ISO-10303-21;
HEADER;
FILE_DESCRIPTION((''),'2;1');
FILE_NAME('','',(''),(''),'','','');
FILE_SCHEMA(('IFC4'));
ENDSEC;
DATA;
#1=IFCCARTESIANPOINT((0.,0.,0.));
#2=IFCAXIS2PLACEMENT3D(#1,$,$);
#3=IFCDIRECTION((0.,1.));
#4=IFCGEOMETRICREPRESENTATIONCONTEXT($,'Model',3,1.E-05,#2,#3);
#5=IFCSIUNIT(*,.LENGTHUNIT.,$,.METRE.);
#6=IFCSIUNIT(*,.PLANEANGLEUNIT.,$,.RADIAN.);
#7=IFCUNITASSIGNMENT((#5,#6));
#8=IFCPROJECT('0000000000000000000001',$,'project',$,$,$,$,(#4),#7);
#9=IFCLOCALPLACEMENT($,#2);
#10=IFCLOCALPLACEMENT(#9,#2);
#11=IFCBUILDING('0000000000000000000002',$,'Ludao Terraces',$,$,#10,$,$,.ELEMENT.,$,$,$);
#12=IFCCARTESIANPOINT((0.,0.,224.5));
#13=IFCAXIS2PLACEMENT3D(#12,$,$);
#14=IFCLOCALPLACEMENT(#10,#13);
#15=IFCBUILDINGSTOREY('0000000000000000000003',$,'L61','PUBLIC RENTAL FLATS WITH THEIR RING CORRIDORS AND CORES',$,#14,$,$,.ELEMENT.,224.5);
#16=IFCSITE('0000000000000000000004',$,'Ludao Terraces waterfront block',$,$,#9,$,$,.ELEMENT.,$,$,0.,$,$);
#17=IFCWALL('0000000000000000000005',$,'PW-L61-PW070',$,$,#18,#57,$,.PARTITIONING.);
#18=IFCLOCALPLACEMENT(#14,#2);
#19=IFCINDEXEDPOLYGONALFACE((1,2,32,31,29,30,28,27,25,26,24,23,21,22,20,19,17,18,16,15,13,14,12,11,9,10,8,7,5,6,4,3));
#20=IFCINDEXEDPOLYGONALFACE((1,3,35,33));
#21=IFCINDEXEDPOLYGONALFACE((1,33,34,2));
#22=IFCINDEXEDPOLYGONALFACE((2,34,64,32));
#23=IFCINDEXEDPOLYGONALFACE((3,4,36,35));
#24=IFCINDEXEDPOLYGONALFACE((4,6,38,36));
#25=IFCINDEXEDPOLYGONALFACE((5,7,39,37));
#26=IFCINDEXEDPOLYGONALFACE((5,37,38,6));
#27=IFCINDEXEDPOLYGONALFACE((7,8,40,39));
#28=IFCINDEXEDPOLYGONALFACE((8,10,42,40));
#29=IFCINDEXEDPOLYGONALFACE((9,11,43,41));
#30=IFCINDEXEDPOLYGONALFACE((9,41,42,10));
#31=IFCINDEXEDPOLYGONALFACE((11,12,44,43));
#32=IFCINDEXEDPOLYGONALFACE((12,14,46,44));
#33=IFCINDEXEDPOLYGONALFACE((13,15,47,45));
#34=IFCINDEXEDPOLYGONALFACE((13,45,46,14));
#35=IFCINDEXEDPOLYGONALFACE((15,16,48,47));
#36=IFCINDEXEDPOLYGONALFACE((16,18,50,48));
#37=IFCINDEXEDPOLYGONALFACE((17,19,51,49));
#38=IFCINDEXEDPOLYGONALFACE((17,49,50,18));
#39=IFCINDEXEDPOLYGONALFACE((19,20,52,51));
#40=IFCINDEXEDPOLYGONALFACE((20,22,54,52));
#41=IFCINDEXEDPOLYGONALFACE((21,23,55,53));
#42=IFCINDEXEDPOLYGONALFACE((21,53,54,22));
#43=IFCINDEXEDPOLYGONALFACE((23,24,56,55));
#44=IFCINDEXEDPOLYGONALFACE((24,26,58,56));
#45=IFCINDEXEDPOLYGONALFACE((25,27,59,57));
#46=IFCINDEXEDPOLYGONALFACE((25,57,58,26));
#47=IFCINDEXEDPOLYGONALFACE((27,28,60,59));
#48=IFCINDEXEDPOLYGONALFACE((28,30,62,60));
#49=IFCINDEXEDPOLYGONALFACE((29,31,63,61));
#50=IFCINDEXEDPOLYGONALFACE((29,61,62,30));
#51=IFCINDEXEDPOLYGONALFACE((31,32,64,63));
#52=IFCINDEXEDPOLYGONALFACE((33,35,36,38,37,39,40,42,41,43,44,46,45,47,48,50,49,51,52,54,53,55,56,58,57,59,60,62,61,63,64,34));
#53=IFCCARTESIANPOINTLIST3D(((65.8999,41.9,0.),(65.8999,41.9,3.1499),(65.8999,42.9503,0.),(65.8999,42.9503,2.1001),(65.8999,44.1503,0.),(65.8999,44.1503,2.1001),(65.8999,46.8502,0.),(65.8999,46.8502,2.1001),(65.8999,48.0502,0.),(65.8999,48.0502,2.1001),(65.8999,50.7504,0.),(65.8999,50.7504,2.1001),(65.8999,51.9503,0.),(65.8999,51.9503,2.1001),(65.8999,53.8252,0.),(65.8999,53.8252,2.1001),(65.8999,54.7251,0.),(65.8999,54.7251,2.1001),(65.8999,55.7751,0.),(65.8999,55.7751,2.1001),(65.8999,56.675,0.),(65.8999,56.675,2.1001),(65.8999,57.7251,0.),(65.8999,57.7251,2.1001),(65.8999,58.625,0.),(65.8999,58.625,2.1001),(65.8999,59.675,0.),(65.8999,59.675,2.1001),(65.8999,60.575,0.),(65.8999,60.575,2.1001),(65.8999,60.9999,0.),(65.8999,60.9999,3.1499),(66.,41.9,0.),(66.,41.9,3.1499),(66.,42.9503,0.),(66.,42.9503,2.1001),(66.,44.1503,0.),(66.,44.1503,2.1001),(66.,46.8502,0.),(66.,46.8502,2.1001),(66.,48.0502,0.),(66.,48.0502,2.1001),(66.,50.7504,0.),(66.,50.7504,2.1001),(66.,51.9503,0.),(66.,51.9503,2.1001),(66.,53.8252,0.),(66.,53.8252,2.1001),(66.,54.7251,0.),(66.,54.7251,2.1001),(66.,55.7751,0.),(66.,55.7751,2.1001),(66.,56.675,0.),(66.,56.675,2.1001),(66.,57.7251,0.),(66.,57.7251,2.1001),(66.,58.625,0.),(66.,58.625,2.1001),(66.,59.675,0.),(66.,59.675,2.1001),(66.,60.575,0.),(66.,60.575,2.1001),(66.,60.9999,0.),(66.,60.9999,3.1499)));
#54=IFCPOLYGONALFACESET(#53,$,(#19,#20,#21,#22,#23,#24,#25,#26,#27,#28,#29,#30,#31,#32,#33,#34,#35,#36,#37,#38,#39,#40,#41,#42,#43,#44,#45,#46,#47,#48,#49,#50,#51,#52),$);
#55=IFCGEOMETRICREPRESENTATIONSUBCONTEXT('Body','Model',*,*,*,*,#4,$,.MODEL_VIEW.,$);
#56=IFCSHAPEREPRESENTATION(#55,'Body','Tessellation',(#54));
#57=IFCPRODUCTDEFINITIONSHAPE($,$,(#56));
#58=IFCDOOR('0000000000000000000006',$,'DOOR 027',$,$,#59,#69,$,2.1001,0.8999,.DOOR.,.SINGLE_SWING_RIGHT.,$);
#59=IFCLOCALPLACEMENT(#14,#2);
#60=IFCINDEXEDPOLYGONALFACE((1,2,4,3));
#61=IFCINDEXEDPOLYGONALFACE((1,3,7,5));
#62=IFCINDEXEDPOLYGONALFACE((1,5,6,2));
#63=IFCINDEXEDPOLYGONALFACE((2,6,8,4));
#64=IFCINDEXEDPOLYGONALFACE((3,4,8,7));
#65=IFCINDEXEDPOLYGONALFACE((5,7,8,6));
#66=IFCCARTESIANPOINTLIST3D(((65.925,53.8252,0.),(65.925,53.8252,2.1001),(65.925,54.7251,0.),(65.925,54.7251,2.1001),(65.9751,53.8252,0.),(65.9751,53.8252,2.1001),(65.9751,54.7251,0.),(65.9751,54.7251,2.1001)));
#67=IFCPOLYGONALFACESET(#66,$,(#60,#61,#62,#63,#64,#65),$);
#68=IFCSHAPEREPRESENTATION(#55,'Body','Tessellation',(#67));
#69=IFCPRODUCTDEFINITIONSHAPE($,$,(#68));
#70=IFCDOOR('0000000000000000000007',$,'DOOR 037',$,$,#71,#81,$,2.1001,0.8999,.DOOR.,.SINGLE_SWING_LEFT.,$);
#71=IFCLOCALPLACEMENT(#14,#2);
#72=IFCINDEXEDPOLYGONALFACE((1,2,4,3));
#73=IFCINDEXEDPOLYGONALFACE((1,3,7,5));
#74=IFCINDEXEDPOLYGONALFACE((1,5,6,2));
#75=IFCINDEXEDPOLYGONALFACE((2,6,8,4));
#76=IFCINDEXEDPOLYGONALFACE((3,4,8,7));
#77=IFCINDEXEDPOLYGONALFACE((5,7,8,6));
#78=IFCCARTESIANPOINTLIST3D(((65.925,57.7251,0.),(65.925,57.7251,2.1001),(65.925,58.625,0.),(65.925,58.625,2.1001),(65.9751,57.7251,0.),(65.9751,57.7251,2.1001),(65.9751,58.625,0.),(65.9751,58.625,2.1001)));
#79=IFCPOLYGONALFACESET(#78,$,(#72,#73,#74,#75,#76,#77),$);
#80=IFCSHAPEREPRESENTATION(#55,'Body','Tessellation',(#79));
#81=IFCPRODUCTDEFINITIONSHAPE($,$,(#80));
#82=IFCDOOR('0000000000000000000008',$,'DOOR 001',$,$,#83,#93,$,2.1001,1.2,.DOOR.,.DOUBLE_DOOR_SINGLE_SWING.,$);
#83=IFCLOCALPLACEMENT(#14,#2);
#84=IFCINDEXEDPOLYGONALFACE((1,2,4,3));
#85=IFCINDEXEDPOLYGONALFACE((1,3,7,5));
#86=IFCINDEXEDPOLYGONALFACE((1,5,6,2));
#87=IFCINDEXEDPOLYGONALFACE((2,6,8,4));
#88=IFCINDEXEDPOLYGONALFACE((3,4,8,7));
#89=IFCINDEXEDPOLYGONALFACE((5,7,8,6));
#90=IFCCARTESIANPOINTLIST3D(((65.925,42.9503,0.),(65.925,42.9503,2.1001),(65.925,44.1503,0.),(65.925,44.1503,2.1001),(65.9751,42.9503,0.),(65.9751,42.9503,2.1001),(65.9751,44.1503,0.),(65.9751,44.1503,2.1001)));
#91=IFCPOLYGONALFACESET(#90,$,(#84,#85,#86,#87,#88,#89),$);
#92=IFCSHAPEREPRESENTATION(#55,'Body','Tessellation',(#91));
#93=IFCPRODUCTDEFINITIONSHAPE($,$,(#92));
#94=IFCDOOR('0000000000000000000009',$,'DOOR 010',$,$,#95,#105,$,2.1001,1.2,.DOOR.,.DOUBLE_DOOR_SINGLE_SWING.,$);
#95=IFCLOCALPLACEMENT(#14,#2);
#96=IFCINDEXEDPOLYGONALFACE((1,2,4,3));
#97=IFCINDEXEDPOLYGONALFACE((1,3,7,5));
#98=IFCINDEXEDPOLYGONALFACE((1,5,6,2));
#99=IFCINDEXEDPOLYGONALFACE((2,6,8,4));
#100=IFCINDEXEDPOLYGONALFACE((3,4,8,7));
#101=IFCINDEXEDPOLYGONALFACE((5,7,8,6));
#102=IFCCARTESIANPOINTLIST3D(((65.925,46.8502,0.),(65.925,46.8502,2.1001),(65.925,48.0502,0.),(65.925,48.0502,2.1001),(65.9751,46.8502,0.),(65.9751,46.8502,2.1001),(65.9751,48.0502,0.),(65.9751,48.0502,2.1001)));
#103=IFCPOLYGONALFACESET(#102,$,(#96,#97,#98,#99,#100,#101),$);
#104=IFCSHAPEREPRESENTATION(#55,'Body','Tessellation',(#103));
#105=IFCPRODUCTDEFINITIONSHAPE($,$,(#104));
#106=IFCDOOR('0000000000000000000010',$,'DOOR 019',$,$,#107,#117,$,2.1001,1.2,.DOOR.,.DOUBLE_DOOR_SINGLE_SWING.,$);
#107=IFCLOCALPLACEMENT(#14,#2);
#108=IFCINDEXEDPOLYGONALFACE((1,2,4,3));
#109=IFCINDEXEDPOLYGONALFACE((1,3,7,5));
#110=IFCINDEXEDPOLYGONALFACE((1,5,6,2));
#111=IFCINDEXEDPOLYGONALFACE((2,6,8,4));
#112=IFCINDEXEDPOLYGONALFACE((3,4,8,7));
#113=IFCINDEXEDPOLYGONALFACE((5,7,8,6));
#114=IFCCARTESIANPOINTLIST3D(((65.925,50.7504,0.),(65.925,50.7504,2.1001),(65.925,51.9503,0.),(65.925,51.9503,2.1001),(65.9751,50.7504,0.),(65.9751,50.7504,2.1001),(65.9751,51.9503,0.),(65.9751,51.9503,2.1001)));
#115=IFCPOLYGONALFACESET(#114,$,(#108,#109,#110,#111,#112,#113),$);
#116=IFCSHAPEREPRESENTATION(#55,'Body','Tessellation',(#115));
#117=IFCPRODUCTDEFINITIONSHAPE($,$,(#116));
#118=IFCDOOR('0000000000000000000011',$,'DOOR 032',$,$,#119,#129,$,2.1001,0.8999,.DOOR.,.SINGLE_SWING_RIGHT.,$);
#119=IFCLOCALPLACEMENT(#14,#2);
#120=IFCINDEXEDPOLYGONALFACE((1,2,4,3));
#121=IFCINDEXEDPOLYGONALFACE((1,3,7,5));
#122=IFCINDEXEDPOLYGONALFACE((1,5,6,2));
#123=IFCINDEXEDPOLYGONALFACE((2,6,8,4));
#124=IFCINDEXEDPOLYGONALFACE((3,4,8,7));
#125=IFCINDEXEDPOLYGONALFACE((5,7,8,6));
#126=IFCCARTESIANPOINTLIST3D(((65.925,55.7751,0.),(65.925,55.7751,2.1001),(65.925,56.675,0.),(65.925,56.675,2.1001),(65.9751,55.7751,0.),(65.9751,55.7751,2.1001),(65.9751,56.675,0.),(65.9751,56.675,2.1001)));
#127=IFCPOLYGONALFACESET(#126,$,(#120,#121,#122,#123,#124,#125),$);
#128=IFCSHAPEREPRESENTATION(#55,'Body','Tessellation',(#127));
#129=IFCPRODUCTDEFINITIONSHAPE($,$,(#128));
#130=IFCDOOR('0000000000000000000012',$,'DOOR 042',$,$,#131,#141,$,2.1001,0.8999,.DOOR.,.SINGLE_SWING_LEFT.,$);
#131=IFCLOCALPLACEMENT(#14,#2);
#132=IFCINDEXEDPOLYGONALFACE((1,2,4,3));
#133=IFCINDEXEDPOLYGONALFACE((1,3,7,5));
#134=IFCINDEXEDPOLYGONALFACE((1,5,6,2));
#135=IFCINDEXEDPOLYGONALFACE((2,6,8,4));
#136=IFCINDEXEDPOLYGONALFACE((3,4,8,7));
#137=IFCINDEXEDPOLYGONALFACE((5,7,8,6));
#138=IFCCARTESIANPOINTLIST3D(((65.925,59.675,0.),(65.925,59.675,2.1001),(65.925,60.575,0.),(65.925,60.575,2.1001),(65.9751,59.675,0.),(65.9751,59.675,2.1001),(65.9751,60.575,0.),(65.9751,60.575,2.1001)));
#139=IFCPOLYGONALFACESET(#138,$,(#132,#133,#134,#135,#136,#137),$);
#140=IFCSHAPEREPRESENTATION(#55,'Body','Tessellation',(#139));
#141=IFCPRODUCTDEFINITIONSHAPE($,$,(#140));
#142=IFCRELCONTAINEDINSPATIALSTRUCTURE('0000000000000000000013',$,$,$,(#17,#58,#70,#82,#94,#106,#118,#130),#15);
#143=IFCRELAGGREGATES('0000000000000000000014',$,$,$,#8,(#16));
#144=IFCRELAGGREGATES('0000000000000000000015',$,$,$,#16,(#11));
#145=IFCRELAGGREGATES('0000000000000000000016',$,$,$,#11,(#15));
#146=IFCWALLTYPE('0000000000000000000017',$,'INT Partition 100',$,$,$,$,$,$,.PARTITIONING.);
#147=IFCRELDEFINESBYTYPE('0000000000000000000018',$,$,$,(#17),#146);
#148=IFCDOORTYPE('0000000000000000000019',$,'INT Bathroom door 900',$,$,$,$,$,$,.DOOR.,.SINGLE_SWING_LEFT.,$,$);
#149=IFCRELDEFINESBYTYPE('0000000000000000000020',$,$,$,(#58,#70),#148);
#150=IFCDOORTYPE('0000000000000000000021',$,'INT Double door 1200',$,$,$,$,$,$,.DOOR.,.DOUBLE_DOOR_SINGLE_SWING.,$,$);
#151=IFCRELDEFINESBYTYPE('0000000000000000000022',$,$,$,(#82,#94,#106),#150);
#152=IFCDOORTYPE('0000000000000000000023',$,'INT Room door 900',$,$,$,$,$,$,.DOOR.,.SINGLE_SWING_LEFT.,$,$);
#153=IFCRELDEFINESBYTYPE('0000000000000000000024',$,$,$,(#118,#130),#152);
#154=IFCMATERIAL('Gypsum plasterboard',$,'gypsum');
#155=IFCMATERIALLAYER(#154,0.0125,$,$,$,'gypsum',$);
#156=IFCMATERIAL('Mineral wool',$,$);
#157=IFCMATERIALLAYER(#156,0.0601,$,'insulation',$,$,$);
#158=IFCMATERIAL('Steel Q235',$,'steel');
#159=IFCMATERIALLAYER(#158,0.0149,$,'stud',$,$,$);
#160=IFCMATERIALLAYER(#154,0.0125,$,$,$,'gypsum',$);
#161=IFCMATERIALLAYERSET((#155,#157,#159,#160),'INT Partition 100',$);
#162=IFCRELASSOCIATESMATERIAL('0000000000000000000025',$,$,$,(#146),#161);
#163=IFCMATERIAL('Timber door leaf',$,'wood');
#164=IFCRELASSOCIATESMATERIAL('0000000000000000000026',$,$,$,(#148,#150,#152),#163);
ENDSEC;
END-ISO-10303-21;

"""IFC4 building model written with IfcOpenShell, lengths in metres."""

from ifc_helpers import new_model, si_unit, direction, frame, frame_2d, origin, place, context, subcontext, project, spatial, rectangle, extrude, material, layer, layer_set, type_object, element, fill, save


model = new_model("IFC4")

# Units and contexts
model_context = context("Model", 3, precision=1e-05, world=origin(), true_north=direction((0.0, 1.0)))
body_context = subcontext(model_context, "Body", "Model", "MODEL_VIEW")
ifc_project = project(units=[si_unit("LENGTHUNIT", "METRE"), si_unit("PLANEANGLEUNIT", "RADIAN")], contexts=[model_context])

# Site, building, storey
site_placement = place(None, origin())
site = spatial("IfcSite", under=ifc_project, at=site_placement, Name="Ludao Terraces waterfront block", CompositionType="ELEMENT", RefElevation=0.0)
building_placement = place(site_placement, origin())
building = spatial("IfcBuilding", under=site, at=building_placement, Name="Ludao Terraces", CompositionType="ELEMENT")
storey_placement = place(building_placement, frame((0.0, 0.0, 224.5)))
storey = spatial("IfcBuildingStorey", under=building, at=storey_placement, Name="L61", Description="PUBLIC RENTAL FLATS WITH THEIR RING CORRIDORS AND CORES", CompositionType="ELEMENT", Elevation=224.5)

# Wall, openings, doors
ifc_material_1 = material(Name="Gypsum plasterboard", Category="gypsum")
ifc_layer_1 = layer(ifc_material_1, 0.0125, Category="gypsum")
ifc_material_2 = material(Name="Mineral wool")
ifc_layer_2 = layer(ifc_material_2, 0.0601, Name="insulation")
ifc_material_3 = material(Name="Steel Q235", Category="steel")
ifc_layer_3 = layer(ifc_material_3, 0.0149, Name="stud")
ifc_layer_4 = layer(ifc_material_1, 0.0125, Category="gypsum")
ifc_layer_set = layer_set([ifc_layer_1, ifc_layer_2, ifc_layer_3, ifc_layer_4], Name="INT Partition 100")
wall_type = type_object("IfcWallType", Name="INT Partition 100", PredefinedType="PARTITIONING", material=ifc_layer_set)
wall_1_placement = place(storey_placement, frame((65.95, 41.9001, 0.0), z_axis=(0.0, 0.0, 1.0), x_axis=(0.0, 1.0, 0.0)))
wall_1 = element("IfcWall", 1, at=wall_1_placement, inside=storey, type_object=wall_type, Name="PW-L61-PW070", PredefinedType="PARTITIONING", context=body_context, shape_type="SweptSolid", body=[
    extrude(rectangle(XDim=19.0999, YDim=0.1001, at=frame_2d((9.5498, 0.0))), origin(), (0.0, 0.0, 1.0), 3.1499),
])
opening_1_placement = place(wall_1_placement, frame((1.05, 0.0, 0.0)))
opening_1 = element("IfcOpeningElement", 2, at=opening_1_placement, cuts=wall_1, PredefinedType="OPENING", context=body_context, shape_type="SweptSolid", body=[
    extrude(rectangle(XDim=1.2, YDim=2.1001, at=frame_2d((0.6001, 1.05))), frame((0.0, 0.0601, 0.0), z_axis=(0.0, -1.0, 0.0), x_axis=(1.0, 0.0, 0.0)), (0.0, 0.0, 1.0), 0.1201),
])
opening_2_placement = place(wall_1_placement, frame((4.95, 0.0, 0.0)))
opening_2 = element("IfcOpeningElement", 3, at=opening_2_placement, cuts=wall_1, PredefinedType="OPENING", context=body_context, shape_type="SweptSolid", body=[
    extrude(rectangle(XDim=1.2, YDim=2.1001, at=frame_2d((0.6001, 1.05))), frame((0.0, 0.0601, 0.0), z_axis=(0.0, -1.0, 0.0), x_axis=(1.0, 0.0, 0.0)), (0.0, 0.0, 1.0), 0.1201),
])
opening_3_placement = place(wall_1_placement, frame((8.8501, 0.0, 0.0)))
opening_3 = element("IfcOpeningElement", 4, at=opening_3_placement, cuts=wall_1, PredefinedType="OPENING", context=body_context, shape_type="SweptSolid", body=[
    extrude(rectangle(XDim=1.2, YDim=2.1001, at=frame_2d((0.6001, 1.05))), frame((0.0, 0.0601, 0.0), z_axis=(0.0, -1.0, 0.0), x_axis=(1.0, 0.0, 0.0)), (0.0, 0.0, 1.0), 0.1201),
])
opening_4_placement = place(wall_1_placement, frame((11.925, 0.0, 0.0)))
opening_4 = element("IfcOpeningElement", 5, at=opening_4_placement, cuts=wall_1, PredefinedType="OPENING", context=body_context, shape_type="SweptSolid", body=[
    extrude(rectangle(XDim=0.8999, YDim=2.1001, at=frame_2d((0.45, 1.05))), frame((0.0, 0.0601, 0.0), z_axis=(0.0, -1.0, 0.0), x_axis=(1.0, 0.0, 0.0)), (0.0, 0.0, 1.0), 0.1201),
])
opening_5_placement = place(wall_1_placement, frame((13.875, 0.0, 0.0)))
opening_5 = element("IfcOpeningElement", 6, at=opening_5_placement, cuts=wall_1, PredefinedType="OPENING", context=body_context, shape_type="SweptSolid", body=[
    extrude(rectangle(XDim=0.8999, YDim=2.1001, at=frame_2d((0.45, 1.05))), frame((0.0, 0.0601, 0.0), z_axis=(0.0, -1.0, 0.0), x_axis=(1.0, 0.0, 0.0)), (0.0, 0.0, 1.0), 0.1201),
])
opening_6_placement = place(wall_1_placement, frame((15.825, 0.0, 0.0)))
opening_6 = element("IfcOpeningElement", 7, at=opening_6_placement, cuts=wall_1, PredefinedType="OPENING", context=body_context, shape_type="SweptSolid", body=[
    extrude(rectangle(XDim=0.8999, YDim=2.1001, at=frame_2d((0.45, 1.05))), frame((0.0, 0.0601, 0.0), z_axis=(0.0, -1.0, 0.0), x_axis=(1.0, 0.0, 0.0)), (0.0, 0.0, 1.0), 0.1201),
])
opening_7_placement = place(wall_1_placement, frame((17.7749, 0.0, 0.0)))
opening_7 = element("IfcOpeningElement", 8, at=opening_7_placement, cuts=wall_1, PredefinedType="OPENING", context=body_context, shape_type="SweptSolid", body=[
    extrude(rectangle(XDim=0.8999, YDim=2.1001, at=frame_2d((0.45, 1.05))), frame((0.0, 0.0601, 0.0), z_axis=(0.0, -1.0, 0.0), x_axis=(1.0, 0.0, 0.0)), (0.0, 0.0, 1.0), 0.1201),
])
ifc_material_4 = material(Name="Timber door leaf", Category="wood")
door_type_1 = type_object("IfcDoorType", Name="INT Bathroom door 900", OperationType="SINGLE_SWING_LEFT", PredefinedType="DOOR", material=ifc_material_4)
door_1_placement = place(opening_4_placement, origin())
door_1 = element("IfcDoor", 9, at=door_1_placement, inside=storey, type_object=door_type_1, Name="DOOR 027", OperationType="SINGLE_SWING_RIGHT", OverallHeight=2.1001, OverallWidth=0.8999, PredefinedType="DOOR", context=body_context, shape_type="SweptSolid", body=[
    extrude(rectangle(XDim=0.8999, YDim=2.1001, at=frame_2d((0.45, 1.05))), frame((0.0, 0.0249, 0.0), z_axis=(0.0, -1.0, 0.0), x_axis=(1.0, 0.0, 0.0)), (0.0, 0.0, 1.0), 0.05),
])
fill(opening_4, door_1)
door_2_placement = place(opening_6_placement, origin())
door_2 = element("IfcDoor", 10, at=door_2_placement, inside=storey, type_object=door_type_1, Name="DOOR 037", OperationType="SINGLE_SWING_LEFT", OverallHeight=2.1001, OverallWidth=0.8999, PredefinedType="DOOR", context=body_context, shape_type="SweptSolid", body=[
    extrude(rectangle(XDim=0.8999, YDim=2.1001, at=frame_2d((0.45, 1.05))), frame((0.0, 0.0249, 0.0), z_axis=(0.0, -1.0, 0.0), x_axis=(1.0, 0.0, 0.0)), (0.0, 0.0, 1.0), 0.05),
])
fill(opening_6, door_2)
door_type_2 = type_object("IfcDoorType", Name="INT Double door 1200", OperationType="DOUBLE_DOOR_SINGLE_SWING", PredefinedType="DOOR", material=ifc_material_4)
door_3_placement = place(opening_1_placement, origin())
door_3 = element("IfcDoor", 11, at=door_3_placement, inside=storey, type_object=door_type_2, Name="DOOR 001", OperationType="DOUBLE_DOOR_SINGLE_SWING", OverallHeight=2.1001, OverallWidth=1.2, PredefinedType="DOOR", context=body_context, shape_type="SweptSolid", body=[
    extrude(rectangle(XDim=1.2, YDim=2.1001, at=frame_2d((0.6001, 1.05))), frame((0.0, 0.0249, 0.0), z_axis=(0.0, -1.0, 0.0), x_axis=(1.0, 0.0, 0.0)), (0.0, 0.0, 1.0), 0.05),
])
fill(opening_1, door_3)
door_4_placement = place(opening_2_placement, origin())
door_4 = element("IfcDoor", 12, at=door_4_placement, inside=storey, type_object=door_type_2, Name="DOOR 010", OperationType="DOUBLE_DOOR_SINGLE_SWING", OverallHeight=2.1001, OverallWidth=1.2, PredefinedType="DOOR", context=body_context, shape_type="SweptSolid", body=[
    extrude(rectangle(XDim=1.2, YDim=2.1001, at=frame_2d((0.6001, 1.05))), frame((0.0, 0.0249, 0.0), z_axis=(0.0, -1.0, 0.0), x_axis=(1.0, 0.0, 0.0)), (0.0, 0.0, 1.0), 0.05),
])
fill(opening_2, door_4)
door_5_placement = place(opening_3_placement, origin())
door_5 = element("IfcDoor", 13, at=door_5_placement, inside=storey, type_object=door_type_2, Name="DOOR 019", OperationType="DOUBLE_DOOR_SINGLE_SWING", OverallHeight=2.1001, OverallWidth=1.2, PredefinedType="DOOR", context=body_context, shape_type="SweptSolid", body=[
    extrude(rectangle(XDim=1.2, YDim=2.1001, at=frame_2d((0.6001, 1.05))), frame((0.0, 0.0249, 0.0), z_axis=(0.0, -1.0, 0.0), x_axis=(1.0, 0.0, 0.0)), (0.0, 0.0, 1.0), 0.05),
])
fill(opening_3, door_5)
door_type_3 = type_object("IfcDoorType", Name="INT Room door 900", OperationType="SINGLE_SWING_LEFT", PredefinedType="DOOR", material=ifc_material_4)
door_6_placement = place(opening_5_placement, origin())
door_6 = element("IfcDoor", 14, at=door_6_placement, inside=storey, type_object=door_type_3, Name="DOOR 032", OperationType="SINGLE_SWING_RIGHT", OverallHeight=2.1001, OverallWidth=0.8999, PredefinedType="DOOR", context=body_context, shape_type="SweptSolid", body=[
    extrude(rectangle(XDim=0.8999, YDim=2.1001, at=frame_2d((0.45, 1.05))), frame((0.0, 0.0249, 0.0), z_axis=(0.0, -1.0, 0.0), x_axis=(1.0, 0.0, 0.0)), (0.0, 0.0, 1.0), 0.05),
])
fill(opening_5, door_6)
door_7_placement = place(opening_7_placement, origin())
door_7 = element("IfcDoor", 15, at=door_7_placement, inside=storey, type_object=door_type_3, Name="DOOR 042", OperationType="SINGLE_SWING_LEFT", OverallHeight=2.1001, OverallWidth=0.8999, PredefinedType="DOOR", context=body_context, shape_type="SweptSolid", body=[
    extrude(rectangle(XDim=0.8999, YDim=2.1001, at=frame_2d((0.45, 1.05))), frame((0.0, 0.0249, 0.0), z_axis=(0.0, -1.0, 0.0), x_axis=(1.0, 0.0, 0.0)), (0.0, 0.0, 1.0), 0.05),
])
fill(opening_7, door_7)

save(model, "model.ifc")
